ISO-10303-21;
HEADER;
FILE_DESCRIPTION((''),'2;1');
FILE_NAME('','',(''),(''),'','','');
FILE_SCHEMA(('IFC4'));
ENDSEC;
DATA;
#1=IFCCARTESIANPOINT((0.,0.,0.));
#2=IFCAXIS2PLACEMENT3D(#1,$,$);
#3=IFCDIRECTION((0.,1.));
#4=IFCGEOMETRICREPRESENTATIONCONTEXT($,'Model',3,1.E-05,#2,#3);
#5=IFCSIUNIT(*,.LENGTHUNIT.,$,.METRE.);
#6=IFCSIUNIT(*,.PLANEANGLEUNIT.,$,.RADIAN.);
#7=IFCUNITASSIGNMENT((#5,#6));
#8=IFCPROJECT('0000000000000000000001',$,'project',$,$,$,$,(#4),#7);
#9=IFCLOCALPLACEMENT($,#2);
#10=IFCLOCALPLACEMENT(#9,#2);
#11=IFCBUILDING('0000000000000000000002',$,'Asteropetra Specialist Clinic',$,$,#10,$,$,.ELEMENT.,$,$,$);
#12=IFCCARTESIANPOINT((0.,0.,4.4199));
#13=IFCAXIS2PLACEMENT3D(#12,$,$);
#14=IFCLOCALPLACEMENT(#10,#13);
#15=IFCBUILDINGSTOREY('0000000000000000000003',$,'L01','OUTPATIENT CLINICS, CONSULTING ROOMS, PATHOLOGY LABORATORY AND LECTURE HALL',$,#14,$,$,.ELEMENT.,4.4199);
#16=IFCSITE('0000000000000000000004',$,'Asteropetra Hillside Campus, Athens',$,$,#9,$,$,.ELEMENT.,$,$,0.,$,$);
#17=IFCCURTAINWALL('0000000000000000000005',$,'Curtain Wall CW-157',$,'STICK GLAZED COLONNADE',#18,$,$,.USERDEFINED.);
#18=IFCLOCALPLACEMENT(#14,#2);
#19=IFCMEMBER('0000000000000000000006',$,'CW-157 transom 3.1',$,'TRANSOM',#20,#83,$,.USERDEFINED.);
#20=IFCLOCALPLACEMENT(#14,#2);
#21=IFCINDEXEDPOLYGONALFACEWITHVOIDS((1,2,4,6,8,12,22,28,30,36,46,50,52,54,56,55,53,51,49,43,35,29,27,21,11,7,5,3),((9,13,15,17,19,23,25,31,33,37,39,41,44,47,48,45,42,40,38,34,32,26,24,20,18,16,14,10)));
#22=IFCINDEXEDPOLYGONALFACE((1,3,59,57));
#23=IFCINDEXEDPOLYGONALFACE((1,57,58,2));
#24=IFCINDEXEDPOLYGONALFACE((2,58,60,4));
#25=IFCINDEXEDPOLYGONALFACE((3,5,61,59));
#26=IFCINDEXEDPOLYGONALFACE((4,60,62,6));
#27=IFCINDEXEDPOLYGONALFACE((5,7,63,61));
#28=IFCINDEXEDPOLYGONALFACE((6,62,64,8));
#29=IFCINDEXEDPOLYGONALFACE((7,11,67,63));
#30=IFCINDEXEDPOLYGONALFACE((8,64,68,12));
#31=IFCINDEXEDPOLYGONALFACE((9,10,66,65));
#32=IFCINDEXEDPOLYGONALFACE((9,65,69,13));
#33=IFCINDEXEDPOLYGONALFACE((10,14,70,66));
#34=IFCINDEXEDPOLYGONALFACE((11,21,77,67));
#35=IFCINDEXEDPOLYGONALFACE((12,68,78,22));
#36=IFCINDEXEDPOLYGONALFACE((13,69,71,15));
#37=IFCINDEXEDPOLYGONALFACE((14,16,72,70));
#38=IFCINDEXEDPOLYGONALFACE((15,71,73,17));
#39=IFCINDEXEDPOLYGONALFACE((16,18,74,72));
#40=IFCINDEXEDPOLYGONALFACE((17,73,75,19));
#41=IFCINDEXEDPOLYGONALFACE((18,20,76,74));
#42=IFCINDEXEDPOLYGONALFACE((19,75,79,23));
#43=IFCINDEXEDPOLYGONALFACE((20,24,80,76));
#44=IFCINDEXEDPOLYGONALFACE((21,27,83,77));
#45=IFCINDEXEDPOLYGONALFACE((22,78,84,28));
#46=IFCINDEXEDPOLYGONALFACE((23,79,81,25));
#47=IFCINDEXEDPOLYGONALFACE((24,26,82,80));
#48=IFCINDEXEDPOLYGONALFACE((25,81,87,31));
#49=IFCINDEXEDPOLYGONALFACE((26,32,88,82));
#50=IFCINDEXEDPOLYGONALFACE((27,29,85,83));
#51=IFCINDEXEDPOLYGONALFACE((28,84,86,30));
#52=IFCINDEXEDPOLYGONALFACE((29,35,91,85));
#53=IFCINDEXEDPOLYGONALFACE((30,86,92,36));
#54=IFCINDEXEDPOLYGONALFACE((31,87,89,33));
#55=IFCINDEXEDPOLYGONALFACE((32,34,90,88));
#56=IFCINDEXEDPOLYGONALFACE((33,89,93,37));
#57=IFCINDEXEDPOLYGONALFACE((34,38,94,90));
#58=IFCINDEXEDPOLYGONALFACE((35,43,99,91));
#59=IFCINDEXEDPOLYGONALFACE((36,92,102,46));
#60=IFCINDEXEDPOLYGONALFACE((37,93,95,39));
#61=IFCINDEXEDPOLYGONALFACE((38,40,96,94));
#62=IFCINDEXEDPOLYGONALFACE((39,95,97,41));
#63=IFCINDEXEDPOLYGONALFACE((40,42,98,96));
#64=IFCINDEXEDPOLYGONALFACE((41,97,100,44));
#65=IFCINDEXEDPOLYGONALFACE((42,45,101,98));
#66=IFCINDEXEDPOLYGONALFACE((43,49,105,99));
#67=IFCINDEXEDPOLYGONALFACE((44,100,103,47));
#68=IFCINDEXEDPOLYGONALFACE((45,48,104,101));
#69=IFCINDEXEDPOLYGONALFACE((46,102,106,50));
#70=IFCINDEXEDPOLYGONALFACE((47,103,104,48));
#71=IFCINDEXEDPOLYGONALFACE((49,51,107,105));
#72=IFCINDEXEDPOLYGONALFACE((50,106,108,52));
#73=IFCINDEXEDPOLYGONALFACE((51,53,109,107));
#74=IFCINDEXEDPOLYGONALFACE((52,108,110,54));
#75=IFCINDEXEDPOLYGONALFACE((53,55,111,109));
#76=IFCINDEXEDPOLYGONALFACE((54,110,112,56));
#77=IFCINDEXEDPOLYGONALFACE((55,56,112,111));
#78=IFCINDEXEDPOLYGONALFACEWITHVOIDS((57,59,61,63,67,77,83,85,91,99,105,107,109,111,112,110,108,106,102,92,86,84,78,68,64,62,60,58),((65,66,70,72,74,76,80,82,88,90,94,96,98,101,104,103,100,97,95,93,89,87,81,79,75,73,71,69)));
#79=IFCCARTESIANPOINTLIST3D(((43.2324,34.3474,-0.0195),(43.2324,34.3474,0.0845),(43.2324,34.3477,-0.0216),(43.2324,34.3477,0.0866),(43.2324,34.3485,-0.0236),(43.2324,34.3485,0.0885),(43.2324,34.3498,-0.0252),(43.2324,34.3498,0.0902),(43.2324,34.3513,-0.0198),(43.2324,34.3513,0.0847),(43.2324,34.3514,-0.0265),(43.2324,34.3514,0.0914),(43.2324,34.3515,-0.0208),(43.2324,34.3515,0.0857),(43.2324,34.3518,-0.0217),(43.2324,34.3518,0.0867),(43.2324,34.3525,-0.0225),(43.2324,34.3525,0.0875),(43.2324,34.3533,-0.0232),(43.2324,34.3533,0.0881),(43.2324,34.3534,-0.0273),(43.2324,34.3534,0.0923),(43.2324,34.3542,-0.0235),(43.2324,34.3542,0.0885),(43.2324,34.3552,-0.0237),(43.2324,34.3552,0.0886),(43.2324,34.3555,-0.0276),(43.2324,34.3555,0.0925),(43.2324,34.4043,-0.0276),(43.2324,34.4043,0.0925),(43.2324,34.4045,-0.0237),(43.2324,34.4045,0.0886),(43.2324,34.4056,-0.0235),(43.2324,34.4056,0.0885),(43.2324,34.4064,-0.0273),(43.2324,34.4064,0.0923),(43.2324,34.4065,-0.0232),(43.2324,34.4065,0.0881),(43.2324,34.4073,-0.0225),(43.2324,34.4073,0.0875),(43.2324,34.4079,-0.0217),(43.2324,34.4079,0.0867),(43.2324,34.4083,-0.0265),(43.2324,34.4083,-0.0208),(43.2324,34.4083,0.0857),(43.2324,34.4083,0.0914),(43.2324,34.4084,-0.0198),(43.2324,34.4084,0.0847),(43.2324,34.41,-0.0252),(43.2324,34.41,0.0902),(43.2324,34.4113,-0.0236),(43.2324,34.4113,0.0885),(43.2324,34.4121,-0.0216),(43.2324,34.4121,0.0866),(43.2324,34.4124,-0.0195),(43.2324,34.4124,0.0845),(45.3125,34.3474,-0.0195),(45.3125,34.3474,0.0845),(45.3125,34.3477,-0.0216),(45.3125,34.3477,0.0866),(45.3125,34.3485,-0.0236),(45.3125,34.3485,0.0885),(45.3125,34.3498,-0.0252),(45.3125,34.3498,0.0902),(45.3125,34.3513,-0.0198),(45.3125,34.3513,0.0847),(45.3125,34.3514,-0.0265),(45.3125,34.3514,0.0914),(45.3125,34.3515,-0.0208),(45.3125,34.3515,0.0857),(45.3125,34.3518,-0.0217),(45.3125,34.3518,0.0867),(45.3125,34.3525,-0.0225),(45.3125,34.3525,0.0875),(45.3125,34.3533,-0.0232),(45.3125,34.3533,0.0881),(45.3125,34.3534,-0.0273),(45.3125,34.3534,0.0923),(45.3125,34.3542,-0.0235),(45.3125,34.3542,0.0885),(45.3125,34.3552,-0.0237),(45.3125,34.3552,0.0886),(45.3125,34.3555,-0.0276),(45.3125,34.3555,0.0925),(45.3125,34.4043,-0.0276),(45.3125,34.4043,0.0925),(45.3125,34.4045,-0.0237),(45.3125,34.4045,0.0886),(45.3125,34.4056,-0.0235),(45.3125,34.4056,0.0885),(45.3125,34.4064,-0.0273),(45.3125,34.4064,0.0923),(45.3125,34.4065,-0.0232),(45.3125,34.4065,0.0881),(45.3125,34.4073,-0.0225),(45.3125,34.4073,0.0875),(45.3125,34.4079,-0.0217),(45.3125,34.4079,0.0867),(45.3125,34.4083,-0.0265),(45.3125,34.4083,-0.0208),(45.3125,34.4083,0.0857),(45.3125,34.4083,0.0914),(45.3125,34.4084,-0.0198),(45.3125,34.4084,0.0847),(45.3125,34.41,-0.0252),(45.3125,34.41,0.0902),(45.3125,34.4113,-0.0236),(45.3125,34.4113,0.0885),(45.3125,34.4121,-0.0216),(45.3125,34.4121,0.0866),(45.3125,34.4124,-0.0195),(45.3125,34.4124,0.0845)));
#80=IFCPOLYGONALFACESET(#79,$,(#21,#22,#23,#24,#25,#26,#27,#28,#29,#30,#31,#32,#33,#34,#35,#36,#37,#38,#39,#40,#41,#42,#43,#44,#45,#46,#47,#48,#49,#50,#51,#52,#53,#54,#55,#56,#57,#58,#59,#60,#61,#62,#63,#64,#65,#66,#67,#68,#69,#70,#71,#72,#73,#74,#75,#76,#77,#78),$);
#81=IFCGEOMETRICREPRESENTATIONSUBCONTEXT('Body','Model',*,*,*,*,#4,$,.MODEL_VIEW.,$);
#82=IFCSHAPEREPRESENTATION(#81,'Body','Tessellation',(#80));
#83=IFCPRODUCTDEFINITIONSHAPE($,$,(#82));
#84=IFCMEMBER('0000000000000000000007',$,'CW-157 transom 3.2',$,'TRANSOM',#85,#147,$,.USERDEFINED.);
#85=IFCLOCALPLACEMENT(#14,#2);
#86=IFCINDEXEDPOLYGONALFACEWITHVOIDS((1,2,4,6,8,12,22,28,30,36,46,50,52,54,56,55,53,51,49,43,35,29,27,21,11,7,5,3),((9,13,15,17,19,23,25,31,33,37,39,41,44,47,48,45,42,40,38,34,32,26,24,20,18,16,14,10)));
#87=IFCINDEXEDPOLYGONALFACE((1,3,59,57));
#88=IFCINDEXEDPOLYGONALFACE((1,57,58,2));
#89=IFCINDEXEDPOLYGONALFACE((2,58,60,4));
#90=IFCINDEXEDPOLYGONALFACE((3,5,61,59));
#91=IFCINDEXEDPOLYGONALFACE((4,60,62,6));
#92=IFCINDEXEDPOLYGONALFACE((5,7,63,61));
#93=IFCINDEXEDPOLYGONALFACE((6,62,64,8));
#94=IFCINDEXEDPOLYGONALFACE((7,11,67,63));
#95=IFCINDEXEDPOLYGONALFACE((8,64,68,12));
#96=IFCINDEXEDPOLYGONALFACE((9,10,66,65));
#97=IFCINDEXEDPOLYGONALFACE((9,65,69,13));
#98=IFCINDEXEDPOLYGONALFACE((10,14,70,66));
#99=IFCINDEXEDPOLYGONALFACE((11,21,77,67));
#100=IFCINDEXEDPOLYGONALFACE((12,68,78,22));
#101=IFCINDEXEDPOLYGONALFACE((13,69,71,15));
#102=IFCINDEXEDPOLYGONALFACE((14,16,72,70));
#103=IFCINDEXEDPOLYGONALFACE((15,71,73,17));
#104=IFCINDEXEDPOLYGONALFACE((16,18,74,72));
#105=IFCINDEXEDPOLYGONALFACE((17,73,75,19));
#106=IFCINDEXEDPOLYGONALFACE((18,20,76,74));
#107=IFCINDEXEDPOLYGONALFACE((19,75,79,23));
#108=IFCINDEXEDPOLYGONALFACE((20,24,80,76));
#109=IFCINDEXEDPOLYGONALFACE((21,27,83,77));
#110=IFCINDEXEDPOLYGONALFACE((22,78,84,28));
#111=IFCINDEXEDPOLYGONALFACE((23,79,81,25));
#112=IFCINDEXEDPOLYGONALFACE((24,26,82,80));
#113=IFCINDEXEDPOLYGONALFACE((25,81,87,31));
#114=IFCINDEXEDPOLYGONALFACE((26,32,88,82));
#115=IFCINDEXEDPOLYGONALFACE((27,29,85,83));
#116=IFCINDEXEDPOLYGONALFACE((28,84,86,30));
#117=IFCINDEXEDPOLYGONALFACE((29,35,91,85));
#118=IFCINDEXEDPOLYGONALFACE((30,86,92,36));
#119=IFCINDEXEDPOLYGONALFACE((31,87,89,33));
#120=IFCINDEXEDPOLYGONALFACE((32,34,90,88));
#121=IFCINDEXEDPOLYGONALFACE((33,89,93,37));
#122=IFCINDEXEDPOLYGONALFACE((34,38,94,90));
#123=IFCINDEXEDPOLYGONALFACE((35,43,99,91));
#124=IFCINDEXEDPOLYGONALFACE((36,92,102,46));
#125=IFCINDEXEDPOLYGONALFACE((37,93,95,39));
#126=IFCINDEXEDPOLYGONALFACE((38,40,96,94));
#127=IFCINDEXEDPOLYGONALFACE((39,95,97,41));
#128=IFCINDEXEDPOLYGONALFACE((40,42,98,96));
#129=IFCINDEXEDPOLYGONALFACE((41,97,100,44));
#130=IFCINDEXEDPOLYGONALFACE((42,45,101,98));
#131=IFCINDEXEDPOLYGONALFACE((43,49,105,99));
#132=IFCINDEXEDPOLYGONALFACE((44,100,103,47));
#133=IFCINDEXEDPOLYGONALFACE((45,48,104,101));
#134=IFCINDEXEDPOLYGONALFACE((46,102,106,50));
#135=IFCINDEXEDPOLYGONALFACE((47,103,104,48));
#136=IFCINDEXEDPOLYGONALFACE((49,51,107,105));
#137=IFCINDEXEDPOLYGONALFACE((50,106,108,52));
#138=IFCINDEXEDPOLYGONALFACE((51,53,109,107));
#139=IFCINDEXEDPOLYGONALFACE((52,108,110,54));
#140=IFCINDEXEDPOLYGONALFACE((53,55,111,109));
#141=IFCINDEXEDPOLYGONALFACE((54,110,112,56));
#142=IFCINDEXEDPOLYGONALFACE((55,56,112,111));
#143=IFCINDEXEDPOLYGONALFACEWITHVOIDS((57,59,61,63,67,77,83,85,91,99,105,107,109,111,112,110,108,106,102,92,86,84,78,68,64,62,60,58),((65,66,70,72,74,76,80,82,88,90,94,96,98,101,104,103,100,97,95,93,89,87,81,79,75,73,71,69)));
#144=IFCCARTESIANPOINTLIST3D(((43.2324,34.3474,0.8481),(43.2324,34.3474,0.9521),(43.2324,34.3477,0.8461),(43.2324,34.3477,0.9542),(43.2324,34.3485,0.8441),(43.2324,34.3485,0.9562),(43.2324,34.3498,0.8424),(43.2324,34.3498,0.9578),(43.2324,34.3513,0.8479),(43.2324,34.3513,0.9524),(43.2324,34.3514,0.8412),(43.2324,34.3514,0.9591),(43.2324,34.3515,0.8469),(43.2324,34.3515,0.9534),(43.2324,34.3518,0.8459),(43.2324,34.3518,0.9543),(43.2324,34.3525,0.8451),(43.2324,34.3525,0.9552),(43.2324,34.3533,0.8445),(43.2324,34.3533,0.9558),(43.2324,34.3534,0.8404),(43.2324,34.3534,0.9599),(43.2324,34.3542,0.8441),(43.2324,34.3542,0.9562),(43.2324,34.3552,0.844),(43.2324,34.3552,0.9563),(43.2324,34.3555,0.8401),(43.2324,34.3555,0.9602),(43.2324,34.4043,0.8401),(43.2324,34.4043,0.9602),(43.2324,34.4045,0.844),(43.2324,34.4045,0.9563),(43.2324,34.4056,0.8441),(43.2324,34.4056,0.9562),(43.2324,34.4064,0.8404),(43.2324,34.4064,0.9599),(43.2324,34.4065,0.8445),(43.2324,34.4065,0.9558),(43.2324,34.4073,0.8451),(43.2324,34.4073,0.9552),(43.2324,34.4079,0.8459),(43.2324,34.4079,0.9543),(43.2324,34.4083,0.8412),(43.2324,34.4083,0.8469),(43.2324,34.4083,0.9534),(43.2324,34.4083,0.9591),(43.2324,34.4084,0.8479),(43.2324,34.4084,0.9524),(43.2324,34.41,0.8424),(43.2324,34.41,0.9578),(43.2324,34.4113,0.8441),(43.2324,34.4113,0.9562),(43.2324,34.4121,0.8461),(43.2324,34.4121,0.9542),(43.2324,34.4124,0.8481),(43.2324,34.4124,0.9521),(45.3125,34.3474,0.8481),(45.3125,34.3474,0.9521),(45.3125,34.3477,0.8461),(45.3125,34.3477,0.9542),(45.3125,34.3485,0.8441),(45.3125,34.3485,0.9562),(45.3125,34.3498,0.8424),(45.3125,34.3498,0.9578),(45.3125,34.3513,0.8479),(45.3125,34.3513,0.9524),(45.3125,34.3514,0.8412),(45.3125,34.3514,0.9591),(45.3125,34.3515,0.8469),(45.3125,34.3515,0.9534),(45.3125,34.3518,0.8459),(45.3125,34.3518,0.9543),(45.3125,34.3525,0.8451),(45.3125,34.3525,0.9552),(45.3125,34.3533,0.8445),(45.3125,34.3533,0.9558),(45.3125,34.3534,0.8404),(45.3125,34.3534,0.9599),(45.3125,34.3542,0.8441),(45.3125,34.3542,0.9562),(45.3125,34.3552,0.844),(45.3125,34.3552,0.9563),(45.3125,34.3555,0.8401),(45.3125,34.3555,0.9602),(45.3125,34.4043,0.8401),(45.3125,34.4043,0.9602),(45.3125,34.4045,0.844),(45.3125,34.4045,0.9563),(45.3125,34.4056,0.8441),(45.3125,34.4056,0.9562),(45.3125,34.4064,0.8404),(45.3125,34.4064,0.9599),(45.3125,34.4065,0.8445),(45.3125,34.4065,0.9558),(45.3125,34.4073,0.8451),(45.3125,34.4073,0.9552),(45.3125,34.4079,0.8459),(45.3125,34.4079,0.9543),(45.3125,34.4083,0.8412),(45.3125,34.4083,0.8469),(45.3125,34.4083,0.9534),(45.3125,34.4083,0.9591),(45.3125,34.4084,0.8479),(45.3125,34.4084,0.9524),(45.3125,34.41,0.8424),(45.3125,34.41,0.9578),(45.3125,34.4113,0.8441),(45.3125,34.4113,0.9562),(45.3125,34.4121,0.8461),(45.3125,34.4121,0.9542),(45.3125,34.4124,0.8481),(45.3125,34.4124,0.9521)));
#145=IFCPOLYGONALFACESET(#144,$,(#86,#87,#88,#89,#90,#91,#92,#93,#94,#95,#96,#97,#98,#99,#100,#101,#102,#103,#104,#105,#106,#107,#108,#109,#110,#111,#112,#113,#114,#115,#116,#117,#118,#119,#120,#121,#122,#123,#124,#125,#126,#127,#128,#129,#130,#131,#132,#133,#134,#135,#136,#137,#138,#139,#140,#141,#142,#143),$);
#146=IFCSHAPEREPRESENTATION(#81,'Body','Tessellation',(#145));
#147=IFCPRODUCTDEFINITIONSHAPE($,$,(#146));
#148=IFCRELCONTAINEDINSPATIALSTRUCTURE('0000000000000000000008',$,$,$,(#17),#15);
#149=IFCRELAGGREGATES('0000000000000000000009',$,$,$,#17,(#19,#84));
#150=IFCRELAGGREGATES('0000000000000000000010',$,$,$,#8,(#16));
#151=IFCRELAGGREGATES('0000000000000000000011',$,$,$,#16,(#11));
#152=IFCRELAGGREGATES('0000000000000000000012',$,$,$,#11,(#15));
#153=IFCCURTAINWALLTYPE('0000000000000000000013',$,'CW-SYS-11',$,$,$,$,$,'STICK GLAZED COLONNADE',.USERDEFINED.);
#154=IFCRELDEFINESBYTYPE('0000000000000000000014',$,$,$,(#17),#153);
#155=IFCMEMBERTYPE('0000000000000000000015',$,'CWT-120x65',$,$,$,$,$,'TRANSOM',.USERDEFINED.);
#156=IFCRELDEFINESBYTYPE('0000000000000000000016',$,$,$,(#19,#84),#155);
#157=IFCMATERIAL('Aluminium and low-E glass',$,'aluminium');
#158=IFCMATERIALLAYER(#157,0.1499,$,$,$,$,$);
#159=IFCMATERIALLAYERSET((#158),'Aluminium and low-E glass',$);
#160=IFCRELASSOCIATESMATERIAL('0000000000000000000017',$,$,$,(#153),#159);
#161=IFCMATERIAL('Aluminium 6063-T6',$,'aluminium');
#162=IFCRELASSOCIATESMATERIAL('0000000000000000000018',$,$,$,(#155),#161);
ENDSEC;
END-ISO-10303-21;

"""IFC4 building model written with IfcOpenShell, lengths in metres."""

from ifc_helpers import new_model, si_unit, direction, frame, origin, origin_2d, place, context, subcontext, project, spatial, hollow_rectangle, extrude, material, layer, layer_set, material_profile, profile_set, type_object, element, aggregate, save


model = new_model("IFC4")

# Units and contexts
model_context = context("Model", 3, precision=1e-05, world=origin(), true_north=direction((0.0, 1.0)))
body_context = subcontext(model_context, "Body", "Model", "MODEL_VIEW")
ifc_project = project(units=[si_unit("LENGTHUNIT", "METRE"), si_unit("PLANEANGLEUNIT", "RADIAN")], contexts=[model_context])

# Site, building, storey
site_placement = place(None, origin())
site = spatial("IfcSite", under=ifc_project, at=site_placement, Name="Asteropetra Hillside Campus, Athens", CompositionType="ELEMENT", RefElevation=0.0)
building_placement = place(site_placement, origin())
building = spatial("IfcBuilding", under=site, at=building_placement, Name="Asteropetra Specialist Clinic", CompositionType="ELEMENT")
storey_placement = place(building_placement, frame((0.0, 0.0, 4.4199)))
storey = spatial("IfcBuildingStorey", under=building, at=storey_placement, Name="L01", Description="OUTPATIENT CLINICS, CONSULTING ROOMS, PATHOLOGY LABORATORY AND LECTURE HALL", CompositionType="ELEMENT", Elevation=4.4199)

# Curtain wall
ifc_material_1 = material(Name="Aluminium and low-E glass", Category="aluminium")
ifc_layer_1 = layer(ifc_material_1, 0.1499)
ifc_layer_set_1 = layer_set([ifc_layer_1], Name="Aluminium and low-E glass")
curtain_wall_type_1 = type_object("IfcCurtainWallType", Name="CW-SYS-11", ElementType="STICK GLAZED COLONNADE", PredefinedType="USERDEFINED", material=ifc_layer_set_1)
curtain_wall_1_placement = place(storey_placement, origin())
curtain_wall_1 = element("IfcCurtainWall", 1, at=curtain_wall_1_placement, inside=storey, type_object=curtain_wall_type_1, Name="Curtain Wall CW-157", ObjectType="STICK GLAZED COLONNADE", PredefinedType="USERDEFINED")

# Members
ifc_material_2 = material(Name="Aluminium 6063-T6", Category="aluminium")
ifc_material_profile_1 = material_profile(ifc_material_2, hollow_rectangle(XDim=0.0649, YDim=0.1201, WallThickness=0.0039, InnerFilletRadius=0.0039, OuterFilletRadius=0.0081, at=origin_2d()), Name="TRN 120x65x4.0")
ifc_profile_set_1 = profile_set([ifc_material_profile_1], Name="Aluminium 6063-T6")
member_type_1 = type_object("IfcMemberType", Name="CWT-120x65", ElementType="TRANSOM", PredefinedType="USERDEFINED", material=ifc_profile_set_1)
member_1_placement = place(storey_placement, frame((43.2324, 34.3799, 0.0325), z_axis=(1.0, 0.0, 0.0), x_axis=(0.0, 1.0, 0.0)))
member_1 = element("IfcMember", 2, at=member_1_placement, type_object=member_type_1, Name="CW-157 transom 3.1", ObjectType="TRANSOM", PredefinedType="USERDEFINED", context=body_context, shape_type="SweptSolid", body=[
    extrude(hollow_rectangle(XDim=0.0649, YDim=0.1201, WallThickness=0.0039, InnerFilletRadius=0.0039, OuterFilletRadius=0.0081, at=origin_2d()), origin(), (0.0, 0.0, 1.0), 2.0801),
])
member_2_placement = place(storey_placement, frame((43.2324, 34.3799, 0.9001), z_axis=(1.0, 0.0, 0.0), x_axis=(0.0, 1.0, 0.0)))
member_2 = element("IfcMember", 3, at=member_2_placement, type_object=member_type_1, Name="CW-157 transom 3.2", ObjectType="TRANSOM", PredefinedType="USERDEFINED", context=body_context, shape_type="SweptSolid", body=[
    extrude(hollow_rectangle(XDim=0.0649, YDim=0.1201, WallThickness=0.0039, InnerFilletRadius=0.0039, OuterFilletRadius=0.0081, at=origin_2d()), origin(), (0.0, 0.0, 1.0), 2.0801),
])

aggregate(curtain_wall_1, [member_1, member_2])

save(model, "model.ifc")
